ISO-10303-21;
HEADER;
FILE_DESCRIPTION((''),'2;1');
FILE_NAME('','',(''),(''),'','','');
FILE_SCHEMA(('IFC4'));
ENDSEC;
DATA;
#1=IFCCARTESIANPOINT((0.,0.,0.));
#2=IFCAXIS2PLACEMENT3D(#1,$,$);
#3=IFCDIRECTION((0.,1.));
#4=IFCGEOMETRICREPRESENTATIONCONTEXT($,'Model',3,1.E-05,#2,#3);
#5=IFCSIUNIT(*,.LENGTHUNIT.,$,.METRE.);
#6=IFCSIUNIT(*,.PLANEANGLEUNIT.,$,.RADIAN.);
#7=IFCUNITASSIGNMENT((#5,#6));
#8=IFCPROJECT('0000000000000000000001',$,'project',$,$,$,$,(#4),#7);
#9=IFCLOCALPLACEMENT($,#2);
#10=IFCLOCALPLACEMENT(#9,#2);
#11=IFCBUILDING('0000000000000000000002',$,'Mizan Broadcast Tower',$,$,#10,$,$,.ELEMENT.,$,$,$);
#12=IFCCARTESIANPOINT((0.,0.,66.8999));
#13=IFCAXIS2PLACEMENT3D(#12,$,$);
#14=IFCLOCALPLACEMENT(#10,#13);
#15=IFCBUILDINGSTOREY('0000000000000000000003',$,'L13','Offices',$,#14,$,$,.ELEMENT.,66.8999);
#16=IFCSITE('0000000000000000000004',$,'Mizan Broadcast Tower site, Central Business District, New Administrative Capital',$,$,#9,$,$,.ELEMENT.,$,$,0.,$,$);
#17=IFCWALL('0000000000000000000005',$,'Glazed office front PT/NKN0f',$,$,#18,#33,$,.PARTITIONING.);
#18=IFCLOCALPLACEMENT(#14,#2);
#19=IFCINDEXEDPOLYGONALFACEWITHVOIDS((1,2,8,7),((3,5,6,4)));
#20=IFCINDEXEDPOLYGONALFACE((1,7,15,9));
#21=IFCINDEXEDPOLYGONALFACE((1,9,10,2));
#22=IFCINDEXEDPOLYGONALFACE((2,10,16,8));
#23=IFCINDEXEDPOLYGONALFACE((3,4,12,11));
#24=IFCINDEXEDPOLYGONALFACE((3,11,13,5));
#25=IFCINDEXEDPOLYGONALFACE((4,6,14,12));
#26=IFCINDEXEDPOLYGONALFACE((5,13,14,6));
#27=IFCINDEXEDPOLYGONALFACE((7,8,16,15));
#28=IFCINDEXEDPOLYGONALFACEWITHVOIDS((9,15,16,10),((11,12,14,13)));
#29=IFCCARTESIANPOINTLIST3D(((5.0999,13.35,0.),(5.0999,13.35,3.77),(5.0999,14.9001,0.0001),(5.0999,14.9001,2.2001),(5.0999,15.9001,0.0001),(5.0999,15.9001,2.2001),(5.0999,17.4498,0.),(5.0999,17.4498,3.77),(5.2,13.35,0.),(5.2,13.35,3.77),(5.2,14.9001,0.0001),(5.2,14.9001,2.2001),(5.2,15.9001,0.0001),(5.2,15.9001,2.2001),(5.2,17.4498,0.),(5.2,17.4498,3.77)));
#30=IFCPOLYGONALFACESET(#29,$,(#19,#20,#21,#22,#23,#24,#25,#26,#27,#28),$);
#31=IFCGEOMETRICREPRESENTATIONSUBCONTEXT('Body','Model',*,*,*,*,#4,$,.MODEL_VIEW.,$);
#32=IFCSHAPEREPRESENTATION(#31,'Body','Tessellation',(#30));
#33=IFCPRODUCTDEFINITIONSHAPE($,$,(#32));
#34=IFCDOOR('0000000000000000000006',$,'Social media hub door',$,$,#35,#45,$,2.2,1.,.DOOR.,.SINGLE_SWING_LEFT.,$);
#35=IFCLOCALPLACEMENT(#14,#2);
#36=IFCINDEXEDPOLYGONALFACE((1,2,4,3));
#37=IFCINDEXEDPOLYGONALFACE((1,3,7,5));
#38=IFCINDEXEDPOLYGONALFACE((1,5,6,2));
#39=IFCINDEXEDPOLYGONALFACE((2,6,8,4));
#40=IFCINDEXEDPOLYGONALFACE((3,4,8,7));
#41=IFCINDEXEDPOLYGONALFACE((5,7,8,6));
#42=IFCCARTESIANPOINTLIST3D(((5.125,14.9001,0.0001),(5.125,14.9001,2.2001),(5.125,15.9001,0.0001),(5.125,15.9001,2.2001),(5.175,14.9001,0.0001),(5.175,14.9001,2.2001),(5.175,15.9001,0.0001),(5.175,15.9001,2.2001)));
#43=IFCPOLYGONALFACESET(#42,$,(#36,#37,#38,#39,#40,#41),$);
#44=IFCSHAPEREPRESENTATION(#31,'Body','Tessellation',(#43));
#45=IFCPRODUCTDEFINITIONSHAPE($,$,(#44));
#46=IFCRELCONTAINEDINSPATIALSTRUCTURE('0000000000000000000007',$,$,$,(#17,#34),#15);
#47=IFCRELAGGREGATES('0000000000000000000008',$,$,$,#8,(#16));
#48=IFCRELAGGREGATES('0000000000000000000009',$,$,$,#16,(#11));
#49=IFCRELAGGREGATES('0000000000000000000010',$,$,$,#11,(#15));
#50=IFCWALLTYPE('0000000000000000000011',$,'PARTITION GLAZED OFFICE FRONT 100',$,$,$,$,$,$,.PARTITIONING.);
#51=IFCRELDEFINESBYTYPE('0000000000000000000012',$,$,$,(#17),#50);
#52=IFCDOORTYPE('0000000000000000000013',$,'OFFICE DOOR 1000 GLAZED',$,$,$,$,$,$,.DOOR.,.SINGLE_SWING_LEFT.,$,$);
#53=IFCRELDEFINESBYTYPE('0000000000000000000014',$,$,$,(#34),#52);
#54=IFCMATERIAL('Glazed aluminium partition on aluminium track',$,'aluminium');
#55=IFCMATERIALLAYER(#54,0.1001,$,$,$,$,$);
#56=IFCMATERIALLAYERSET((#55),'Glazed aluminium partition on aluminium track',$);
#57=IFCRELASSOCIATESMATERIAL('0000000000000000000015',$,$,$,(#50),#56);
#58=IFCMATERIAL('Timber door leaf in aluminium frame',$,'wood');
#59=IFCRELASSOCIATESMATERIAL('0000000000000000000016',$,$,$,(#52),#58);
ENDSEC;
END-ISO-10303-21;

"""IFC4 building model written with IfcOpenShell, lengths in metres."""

from ifc_helpers import new_model, si_unit, direction, frame, frame_2d, origin, place, context, subcontext, project, spatial, rectangle, extrude, material, layer, layer_set, type_object, element, fill, save


model = new_model("IFC4")

# Units and contexts
model_context = context("Model", 3, precision=1e-05, world=origin(), true_north=direction((0.0, 1.0)))
body_context = subcontext(model_context, "Body", "Model", "MODEL_VIEW")
ifc_project = project(units=[si_unit("LENGTHUNIT", "METRE"), si_unit("PLANEANGLEUNIT", "RADIAN")], contexts=[model_context])

# Site, building, storey
site_placement = place(None, origin())
site = spatial("IfcSite", under=ifc_project, at=site_placement, Name="Mizan Broadcast Tower site, Central Business District, New Administrative Capital", CompositionType="ELEMENT", RefElevation=0.0)
building_placement = place(site_placement, origin())
building = spatial("IfcBuilding", under=site, at=building_placement, Name="Mizan Broadcast Tower", CompositionType="ELEMENT")
storey_placement = place(building_placement, frame((0.0, 0.0, 66.8999)))
storey = spatial("IfcBuildingStorey", under=building, at=storey_placement, Name="L13", Description="Offices", CompositionType="ELEMENT", Elevation=66.8999)

# Shared definitions
ifc_material_1 = material(Name="Glazed aluminium partition on aluminium track", Category="aluminium")
ifc_layer_1 = layer(ifc_material_1, 0.1001)
ifc_layer_set_1 = layer_set([ifc_layer_1], Name="Glazed aluminium partition on aluminium track")
wall_type_1 = type_object("IfcWallType", Name="PARTITION GLAZED OFFICE FRONT 100", PredefinedType="PARTITIONING", material=ifc_layer_set_1)

# Wall, opening, door
wall_1_placement = place(storey_placement, frame((5.1499, 13.3501, 0.0), z_axis=(0.0, 0.0, 1.0), x_axis=(0.0, 1.0, 0.0)))
wall_1 = element("IfcWall", 1, at=wall_1_placement, inside=storey, type_object=wall_type_1, Name="Glazed office front PT/NKN0f", PredefinedType="PARTITIONING", context=body_context, shape_type="SweptSolid", body=[
    extrude(rectangle(XDim=4.0999, YDim=0.1001, at=frame_2d((2.0498, 0.0))), origin(), (0.0, 0.0, 1.0), 3.77),
])
opening_placement = place(wall_1_placement, frame((1.55, 0.0, 0.0)))
opening = element("IfcOpeningElement", 2, at=opening_placement, cuts=wall_1, PredefinedType="OPENING", context=body_context, shape_type="SweptSolid", body=[
    extrude(rectangle(XDim=1.0, YDim=2.2, at=frame_2d((0.5, 1.1001))), frame((0.0, 0.0601, 0.0), z_axis=(0.0, -1.0, 0.0), x_axis=(1.0, 0.0, 0.0)), (0.0, 0.0, 1.0), 0.1201),
])
ifc_material_2 = material(Name="Timber door leaf in aluminium frame", Category="wood")
door_type = type_object("IfcDoorType", Name="OFFICE DOOR 1000 GLAZED", OperationType="SINGLE_SWING_LEFT", PredefinedType="DOOR", material=ifc_material_2)
door_placement = place(opening_placement, origin())
door = element("IfcDoor", 3, at=door_placement, inside=storey, type_object=door_type, Name="Social media hub door", OperationType="SINGLE_SWING_LEFT", OverallHeight=2.2, OverallWidth=1.0, PredefinedType="DOOR", context=body_context, shape_type="SweptSolid", body=[
    extrude(rectangle(XDim=1.0, YDim=2.2, at=frame_2d((0.5, 1.1001))), frame((0.0, 0.0249, 0.0), z_axis=(0.0, -1.0, 0.0), x_axis=(1.0, 0.0, 0.0)), (0.0, 0.0, 1.0), 0.05),
])
fill(opening, door)

save(model, "model.ifc")
